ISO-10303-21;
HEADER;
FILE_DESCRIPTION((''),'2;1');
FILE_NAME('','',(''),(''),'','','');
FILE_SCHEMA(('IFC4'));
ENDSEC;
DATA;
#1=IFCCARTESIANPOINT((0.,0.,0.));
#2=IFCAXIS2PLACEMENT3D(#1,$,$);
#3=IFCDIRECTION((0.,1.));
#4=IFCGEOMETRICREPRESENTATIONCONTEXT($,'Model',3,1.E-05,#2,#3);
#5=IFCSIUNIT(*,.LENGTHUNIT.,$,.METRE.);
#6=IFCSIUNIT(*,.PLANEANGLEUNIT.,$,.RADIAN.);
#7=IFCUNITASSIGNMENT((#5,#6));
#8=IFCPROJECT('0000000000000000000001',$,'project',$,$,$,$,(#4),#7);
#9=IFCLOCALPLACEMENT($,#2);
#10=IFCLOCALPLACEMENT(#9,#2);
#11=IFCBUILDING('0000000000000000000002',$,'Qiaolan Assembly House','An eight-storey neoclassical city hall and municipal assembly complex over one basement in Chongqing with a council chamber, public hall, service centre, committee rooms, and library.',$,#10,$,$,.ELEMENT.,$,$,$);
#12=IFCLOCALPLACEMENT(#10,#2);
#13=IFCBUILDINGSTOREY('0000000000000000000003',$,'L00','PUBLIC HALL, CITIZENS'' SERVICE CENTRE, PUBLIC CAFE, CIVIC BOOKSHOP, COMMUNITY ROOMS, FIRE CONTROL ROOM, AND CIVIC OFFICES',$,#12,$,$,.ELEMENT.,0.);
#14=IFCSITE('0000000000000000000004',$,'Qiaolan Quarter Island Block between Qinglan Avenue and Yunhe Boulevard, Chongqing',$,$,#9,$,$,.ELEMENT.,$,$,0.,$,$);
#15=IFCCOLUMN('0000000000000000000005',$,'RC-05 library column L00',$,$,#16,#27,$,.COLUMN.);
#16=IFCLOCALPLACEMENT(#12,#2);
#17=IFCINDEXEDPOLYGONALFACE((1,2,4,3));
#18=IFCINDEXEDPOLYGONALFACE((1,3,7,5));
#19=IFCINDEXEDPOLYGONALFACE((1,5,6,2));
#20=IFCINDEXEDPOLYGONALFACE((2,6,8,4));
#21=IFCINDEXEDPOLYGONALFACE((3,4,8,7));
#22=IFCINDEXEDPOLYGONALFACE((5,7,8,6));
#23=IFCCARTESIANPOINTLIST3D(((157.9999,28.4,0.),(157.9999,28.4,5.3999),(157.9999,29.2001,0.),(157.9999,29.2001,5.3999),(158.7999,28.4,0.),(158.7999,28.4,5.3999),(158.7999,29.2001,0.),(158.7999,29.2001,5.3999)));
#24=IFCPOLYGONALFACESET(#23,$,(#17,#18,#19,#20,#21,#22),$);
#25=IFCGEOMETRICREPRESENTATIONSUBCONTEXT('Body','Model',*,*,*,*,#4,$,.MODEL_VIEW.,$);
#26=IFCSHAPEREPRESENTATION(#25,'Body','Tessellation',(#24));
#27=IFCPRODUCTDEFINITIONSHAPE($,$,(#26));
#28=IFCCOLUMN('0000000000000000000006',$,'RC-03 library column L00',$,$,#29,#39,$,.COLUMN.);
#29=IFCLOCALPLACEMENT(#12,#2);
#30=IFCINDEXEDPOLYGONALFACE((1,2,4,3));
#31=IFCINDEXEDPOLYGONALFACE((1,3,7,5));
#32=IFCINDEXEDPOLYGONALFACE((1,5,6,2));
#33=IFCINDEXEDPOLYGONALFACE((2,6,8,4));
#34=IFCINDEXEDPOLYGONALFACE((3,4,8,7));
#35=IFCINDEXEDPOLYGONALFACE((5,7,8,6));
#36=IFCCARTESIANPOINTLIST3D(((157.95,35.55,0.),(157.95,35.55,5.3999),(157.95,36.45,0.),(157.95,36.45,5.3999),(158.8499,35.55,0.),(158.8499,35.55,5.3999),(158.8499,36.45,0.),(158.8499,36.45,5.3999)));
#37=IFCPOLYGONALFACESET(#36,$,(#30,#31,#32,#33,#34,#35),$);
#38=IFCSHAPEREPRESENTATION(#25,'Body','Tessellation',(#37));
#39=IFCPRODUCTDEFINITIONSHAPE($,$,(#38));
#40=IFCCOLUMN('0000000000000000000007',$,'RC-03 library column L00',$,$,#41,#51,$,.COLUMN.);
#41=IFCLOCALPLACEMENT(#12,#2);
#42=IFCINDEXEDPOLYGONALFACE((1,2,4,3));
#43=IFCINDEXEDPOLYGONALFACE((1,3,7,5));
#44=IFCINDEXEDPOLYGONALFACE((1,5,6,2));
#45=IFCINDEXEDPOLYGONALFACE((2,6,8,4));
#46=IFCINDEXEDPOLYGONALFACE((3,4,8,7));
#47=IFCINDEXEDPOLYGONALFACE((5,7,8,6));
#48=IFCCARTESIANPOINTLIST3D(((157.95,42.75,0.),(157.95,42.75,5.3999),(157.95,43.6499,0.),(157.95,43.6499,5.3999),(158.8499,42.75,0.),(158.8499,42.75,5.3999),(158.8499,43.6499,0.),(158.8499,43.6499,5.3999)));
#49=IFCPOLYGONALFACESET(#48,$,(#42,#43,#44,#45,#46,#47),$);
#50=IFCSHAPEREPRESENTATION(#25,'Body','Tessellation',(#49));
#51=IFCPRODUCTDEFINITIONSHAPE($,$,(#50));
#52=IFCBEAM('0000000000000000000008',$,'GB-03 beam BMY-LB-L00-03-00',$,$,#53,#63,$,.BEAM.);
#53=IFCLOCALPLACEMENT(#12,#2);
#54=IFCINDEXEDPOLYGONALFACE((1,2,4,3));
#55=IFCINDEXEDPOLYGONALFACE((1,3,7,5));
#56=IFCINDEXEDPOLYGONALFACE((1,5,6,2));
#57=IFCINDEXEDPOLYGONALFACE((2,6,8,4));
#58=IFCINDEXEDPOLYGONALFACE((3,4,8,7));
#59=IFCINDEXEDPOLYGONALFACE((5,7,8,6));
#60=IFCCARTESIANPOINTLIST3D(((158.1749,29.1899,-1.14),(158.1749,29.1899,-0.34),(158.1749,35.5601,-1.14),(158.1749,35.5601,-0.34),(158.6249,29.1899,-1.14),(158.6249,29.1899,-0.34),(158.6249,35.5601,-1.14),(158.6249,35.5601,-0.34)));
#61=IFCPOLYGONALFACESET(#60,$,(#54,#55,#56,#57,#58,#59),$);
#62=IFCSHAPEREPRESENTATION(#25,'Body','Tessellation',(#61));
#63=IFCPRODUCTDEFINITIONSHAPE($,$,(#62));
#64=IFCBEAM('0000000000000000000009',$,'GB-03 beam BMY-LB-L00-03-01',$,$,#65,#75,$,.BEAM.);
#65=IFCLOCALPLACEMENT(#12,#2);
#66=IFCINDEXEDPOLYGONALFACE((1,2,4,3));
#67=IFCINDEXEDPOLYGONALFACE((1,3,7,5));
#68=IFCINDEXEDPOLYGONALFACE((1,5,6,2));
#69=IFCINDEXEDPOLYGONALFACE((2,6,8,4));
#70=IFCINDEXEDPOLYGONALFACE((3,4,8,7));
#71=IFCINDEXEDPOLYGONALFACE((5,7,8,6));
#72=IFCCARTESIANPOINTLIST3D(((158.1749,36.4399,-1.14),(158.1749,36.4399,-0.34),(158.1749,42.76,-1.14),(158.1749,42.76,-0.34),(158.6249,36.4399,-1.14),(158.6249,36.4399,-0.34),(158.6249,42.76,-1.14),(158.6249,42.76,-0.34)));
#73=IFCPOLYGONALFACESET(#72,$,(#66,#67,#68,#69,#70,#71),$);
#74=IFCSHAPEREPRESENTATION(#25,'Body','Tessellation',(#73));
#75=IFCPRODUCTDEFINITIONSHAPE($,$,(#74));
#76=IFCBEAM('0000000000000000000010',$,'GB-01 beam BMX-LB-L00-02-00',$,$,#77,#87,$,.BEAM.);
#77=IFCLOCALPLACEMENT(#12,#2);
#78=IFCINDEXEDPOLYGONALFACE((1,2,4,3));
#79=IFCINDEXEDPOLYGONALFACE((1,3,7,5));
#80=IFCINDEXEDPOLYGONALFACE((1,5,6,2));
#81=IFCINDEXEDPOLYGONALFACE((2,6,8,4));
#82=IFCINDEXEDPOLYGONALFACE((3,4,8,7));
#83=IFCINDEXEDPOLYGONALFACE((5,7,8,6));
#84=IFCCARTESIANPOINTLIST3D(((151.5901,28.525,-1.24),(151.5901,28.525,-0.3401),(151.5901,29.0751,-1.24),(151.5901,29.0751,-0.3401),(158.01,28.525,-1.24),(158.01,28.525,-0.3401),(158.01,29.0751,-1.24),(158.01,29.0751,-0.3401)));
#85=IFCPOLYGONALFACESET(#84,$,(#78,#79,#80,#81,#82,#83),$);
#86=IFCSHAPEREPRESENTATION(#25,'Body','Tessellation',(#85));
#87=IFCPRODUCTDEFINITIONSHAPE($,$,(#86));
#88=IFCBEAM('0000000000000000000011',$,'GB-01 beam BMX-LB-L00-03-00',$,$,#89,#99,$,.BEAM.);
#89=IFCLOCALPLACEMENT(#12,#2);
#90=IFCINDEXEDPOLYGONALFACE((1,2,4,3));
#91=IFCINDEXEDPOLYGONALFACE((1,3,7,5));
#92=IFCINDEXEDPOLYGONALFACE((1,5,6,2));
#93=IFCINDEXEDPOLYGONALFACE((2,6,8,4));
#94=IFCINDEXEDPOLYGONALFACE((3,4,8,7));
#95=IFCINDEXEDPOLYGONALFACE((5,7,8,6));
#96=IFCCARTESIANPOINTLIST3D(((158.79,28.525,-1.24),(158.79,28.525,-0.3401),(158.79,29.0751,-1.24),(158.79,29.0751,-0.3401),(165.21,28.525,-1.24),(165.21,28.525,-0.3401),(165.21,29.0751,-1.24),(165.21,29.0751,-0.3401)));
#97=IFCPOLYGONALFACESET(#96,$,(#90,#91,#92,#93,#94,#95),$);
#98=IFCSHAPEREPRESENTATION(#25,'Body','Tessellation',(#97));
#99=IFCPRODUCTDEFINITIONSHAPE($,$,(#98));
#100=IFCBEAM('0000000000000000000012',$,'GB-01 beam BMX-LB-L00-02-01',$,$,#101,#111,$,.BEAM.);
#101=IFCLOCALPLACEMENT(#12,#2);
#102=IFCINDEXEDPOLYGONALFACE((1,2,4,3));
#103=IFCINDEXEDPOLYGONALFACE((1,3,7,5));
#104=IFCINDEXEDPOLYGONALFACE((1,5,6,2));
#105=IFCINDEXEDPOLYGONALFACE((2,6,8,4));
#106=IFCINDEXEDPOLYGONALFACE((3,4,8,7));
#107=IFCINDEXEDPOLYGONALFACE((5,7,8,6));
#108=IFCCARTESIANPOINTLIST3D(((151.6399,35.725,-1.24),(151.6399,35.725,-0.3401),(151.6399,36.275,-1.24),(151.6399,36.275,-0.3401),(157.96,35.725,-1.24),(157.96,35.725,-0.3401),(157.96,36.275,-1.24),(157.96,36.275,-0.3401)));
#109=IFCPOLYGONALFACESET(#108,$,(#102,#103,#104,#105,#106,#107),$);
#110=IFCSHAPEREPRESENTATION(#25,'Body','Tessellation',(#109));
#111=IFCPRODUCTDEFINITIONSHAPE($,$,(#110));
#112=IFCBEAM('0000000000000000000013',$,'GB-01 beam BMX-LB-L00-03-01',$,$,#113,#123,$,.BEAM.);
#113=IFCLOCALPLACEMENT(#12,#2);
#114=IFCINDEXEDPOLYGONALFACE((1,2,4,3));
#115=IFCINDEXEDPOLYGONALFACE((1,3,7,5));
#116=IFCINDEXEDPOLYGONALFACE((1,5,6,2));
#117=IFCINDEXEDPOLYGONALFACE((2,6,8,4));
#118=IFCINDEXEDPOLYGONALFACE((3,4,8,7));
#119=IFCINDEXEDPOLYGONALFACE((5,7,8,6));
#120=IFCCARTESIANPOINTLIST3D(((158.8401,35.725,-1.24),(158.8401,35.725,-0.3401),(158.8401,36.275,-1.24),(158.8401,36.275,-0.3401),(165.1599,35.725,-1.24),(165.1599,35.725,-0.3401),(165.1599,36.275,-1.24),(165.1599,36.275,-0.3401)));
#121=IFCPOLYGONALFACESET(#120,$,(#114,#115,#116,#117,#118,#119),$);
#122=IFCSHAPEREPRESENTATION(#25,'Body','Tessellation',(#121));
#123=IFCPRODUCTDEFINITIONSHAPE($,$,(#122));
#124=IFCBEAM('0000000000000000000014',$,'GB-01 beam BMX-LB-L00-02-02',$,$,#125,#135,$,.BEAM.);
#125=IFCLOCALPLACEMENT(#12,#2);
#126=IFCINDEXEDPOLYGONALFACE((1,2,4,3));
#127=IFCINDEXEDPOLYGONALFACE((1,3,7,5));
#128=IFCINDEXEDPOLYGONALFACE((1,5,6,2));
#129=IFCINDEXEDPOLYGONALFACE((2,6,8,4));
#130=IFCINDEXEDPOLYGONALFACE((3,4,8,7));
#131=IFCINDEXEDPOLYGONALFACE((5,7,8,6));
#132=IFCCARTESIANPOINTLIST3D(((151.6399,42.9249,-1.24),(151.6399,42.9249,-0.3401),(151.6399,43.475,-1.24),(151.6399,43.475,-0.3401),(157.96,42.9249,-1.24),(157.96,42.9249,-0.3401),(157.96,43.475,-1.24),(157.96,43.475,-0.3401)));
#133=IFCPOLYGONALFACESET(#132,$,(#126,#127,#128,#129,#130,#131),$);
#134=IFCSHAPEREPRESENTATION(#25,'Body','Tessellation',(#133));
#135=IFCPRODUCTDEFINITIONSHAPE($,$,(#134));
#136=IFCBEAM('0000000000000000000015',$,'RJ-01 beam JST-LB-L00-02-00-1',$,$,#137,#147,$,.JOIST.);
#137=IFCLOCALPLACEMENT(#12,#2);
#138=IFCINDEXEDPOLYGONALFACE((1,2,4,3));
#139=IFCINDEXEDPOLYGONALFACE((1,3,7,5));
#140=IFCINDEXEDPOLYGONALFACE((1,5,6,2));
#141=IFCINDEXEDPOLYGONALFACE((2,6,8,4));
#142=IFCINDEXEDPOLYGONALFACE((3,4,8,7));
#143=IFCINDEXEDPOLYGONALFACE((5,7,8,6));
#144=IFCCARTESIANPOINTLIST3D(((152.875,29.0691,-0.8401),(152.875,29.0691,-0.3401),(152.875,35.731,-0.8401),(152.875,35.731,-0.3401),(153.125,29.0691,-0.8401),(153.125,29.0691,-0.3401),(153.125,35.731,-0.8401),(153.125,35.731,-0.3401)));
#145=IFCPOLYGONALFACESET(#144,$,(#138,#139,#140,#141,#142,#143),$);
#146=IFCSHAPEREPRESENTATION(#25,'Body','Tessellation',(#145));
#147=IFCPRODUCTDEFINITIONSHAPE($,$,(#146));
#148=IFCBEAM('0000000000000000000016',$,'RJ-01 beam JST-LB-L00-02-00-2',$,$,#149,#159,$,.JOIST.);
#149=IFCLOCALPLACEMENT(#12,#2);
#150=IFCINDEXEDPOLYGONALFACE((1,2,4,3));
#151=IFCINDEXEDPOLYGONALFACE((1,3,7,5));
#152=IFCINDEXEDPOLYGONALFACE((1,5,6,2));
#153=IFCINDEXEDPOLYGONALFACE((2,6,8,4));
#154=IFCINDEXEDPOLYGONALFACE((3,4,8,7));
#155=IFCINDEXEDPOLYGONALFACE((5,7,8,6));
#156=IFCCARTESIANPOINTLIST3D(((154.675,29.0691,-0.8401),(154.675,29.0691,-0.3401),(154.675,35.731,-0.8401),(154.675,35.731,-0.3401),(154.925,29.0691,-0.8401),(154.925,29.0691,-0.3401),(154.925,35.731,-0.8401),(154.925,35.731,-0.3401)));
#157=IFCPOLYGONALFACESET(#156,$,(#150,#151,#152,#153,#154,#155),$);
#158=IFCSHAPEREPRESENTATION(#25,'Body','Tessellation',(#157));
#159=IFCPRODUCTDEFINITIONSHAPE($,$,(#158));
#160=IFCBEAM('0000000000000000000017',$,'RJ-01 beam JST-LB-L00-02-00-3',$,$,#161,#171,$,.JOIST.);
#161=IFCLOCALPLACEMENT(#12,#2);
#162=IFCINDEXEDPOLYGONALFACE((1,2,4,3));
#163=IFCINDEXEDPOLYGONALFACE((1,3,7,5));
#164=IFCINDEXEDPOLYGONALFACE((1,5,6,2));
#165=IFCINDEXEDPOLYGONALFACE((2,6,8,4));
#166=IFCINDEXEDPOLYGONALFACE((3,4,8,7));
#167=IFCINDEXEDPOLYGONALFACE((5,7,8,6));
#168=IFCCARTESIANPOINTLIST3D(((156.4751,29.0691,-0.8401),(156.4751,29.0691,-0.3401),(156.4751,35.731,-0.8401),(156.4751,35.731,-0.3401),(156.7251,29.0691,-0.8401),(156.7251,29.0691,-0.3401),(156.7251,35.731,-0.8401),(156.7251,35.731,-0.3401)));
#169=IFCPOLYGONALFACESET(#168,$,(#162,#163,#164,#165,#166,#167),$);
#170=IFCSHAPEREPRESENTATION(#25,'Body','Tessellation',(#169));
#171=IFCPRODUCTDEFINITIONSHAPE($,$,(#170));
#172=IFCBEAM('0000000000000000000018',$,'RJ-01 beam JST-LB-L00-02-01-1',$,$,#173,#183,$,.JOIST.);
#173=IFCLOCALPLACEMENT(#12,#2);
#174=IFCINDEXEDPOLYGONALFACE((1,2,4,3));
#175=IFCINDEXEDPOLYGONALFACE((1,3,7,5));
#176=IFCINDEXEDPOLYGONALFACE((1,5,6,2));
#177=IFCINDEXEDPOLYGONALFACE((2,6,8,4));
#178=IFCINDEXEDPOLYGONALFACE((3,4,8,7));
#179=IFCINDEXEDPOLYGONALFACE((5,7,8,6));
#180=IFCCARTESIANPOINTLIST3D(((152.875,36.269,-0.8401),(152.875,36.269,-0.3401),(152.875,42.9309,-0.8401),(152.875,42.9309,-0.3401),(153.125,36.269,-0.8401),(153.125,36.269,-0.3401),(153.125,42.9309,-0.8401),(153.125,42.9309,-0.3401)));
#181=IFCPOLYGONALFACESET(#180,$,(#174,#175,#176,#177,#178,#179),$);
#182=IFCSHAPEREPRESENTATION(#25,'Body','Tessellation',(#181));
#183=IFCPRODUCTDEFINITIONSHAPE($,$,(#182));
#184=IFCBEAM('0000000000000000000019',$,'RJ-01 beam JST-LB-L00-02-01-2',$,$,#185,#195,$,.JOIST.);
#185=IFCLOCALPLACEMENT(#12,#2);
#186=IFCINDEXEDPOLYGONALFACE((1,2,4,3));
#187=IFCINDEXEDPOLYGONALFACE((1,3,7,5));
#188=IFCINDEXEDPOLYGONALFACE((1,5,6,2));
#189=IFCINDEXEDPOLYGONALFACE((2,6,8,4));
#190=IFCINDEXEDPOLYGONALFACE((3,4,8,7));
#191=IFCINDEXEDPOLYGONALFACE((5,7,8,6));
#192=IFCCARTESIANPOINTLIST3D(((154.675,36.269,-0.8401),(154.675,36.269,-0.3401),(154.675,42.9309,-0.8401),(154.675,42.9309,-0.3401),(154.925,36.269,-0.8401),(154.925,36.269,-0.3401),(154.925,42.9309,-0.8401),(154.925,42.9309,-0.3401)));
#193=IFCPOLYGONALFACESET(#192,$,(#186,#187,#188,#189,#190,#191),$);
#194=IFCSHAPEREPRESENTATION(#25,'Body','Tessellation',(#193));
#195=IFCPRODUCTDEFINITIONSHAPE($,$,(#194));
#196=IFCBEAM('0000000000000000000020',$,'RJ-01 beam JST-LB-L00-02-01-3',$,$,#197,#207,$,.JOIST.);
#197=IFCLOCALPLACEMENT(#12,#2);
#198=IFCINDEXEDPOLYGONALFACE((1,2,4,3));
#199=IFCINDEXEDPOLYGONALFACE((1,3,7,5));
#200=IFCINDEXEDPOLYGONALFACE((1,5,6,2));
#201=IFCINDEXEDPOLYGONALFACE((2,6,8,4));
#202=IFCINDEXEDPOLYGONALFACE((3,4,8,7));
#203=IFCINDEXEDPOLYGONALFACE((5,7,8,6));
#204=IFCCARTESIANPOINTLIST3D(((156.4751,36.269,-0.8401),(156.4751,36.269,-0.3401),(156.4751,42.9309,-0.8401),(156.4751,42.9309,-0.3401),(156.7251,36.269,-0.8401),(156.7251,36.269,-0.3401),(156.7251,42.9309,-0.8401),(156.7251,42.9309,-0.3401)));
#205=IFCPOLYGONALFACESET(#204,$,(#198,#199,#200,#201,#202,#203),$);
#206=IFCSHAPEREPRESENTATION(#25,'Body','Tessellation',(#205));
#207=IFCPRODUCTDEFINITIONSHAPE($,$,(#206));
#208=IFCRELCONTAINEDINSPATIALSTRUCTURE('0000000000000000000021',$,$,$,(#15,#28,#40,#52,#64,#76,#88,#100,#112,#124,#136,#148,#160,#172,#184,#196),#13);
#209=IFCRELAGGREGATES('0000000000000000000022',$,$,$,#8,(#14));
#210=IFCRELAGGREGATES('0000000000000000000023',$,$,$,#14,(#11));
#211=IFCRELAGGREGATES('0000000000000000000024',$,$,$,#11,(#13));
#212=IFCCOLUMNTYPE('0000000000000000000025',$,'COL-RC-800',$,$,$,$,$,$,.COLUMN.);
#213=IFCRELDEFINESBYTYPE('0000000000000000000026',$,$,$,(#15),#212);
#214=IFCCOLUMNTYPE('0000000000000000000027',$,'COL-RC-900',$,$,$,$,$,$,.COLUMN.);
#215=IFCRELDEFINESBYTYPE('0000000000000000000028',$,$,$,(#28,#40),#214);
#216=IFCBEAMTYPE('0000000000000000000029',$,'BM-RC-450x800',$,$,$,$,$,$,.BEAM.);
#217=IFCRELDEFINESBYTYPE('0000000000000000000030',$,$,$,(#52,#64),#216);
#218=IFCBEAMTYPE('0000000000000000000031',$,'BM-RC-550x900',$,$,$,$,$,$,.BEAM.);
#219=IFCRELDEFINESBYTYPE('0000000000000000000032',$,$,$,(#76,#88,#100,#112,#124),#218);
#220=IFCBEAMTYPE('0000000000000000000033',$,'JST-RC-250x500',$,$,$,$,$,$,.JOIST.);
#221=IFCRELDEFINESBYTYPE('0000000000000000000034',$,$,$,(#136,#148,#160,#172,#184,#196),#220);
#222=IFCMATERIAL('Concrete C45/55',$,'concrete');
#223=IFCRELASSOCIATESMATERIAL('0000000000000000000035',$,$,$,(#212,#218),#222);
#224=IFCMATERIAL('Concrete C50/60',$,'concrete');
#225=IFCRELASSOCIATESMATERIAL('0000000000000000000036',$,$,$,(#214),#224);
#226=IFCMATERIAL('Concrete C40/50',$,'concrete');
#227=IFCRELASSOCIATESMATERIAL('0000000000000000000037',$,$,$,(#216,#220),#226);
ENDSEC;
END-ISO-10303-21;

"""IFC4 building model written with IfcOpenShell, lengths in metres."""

from ifc_helpers import new_model, si_unit, direction, frame, origin, origin_2d, place, context, subcontext, project, spatial, rectangle, extrude, material, material_profile, profile_set, type_object, element, save


model = new_model("IFC4")

# Units and contexts
model_context = context("Model", 3, precision=1e-05, world=origin(), true_north=direction((0.0, 1.0)))
body_context = subcontext(model_context, "Body", "Model", "MODEL_VIEW")
ifc_project = project(units=[si_unit("LENGTHUNIT", "METRE"), si_unit("PLANEANGLEUNIT", "RADIAN")], contexts=[model_context])

# Site, building, storey
site_placement = place(None, origin())
site = spatial("IfcSite", under=ifc_project, at=site_placement, Name="Qiaolan Quarter Island Block between Qinglan Avenue and Yunhe Boulevard, Chongqing", CompositionType="ELEMENT", RefElevation=0.0)
building_placement = place(site_placement, origin())
building = spatial("IfcBuilding", under=site, at=building_placement, Name="Qiaolan Assembly House", Description="An eight-storey neoclassical city hall and municipal assembly complex over one basement in Chongqing with a council chamber, public hall, service centre, committee rooms, and library.", CompositionType="ELEMENT")
storey_placement = place(building_placement, origin())
storey = spatial("IfcBuildingStorey", under=building, at=storey_placement, Name="L00", Description="PUBLIC HALL, CITIZENS' SERVICE CENTRE, PUBLIC CAFE, CIVIC BOOKSHOP, COMMUNITY ROOMS, FIRE CONTROL ROOM, AND CIVIC OFFICES", CompositionType="ELEMENT", Elevation=0.0)

# Columns
ifc_material_1 = material(Name="Concrete C45/55", Category="concrete")
ifc_material_profile_1 = material_profile(ifc_material_1, rectangle(XDim=0.8, YDim=0.8, at=origin_2d()), Name="RC 800x800")
ifc_profile_set_1 = profile_set([ifc_material_profile_1], Name="Concrete C45/55")
column_type_1 = type_object("IfcColumnType", Name="COL-RC-800", PredefinedType="COLUMN", material=ifc_profile_set_1)
column_placement = place(storey_placement, frame((158.3999, 28.8, 0.0), z_axis=(0.0, 0.0, 1.0), x_axis=(1.0, 0.0, 0.0)))
element("IfcColumn", 1, at=column_placement, inside=storey, type_object=column_type_1, Name="RC-05 library column L00", PredefinedType="COLUMN", context=body_context, shape_type="SweptSolid", body=[
    extrude(rectangle(XDim=0.8, YDim=0.8, at=origin_2d()), origin(), (0.0, 0.0, 1.0), 5.3999),
])
ifc_material_2 = material(Name="Concrete C50/60", Category="concrete")
ifc_material_profile_2 = material_profile(ifc_material_2, rectangle(XDim=0.8999, YDim=0.8999, at=origin_2d()), Name="RC 900x900")
ifc_profile_set_2 = profile_set([ifc_material_profile_2], Name="Concrete C50/60")
column_type_2 = type_object("IfcColumnType", Name="COL-RC-900", PredefinedType="COLUMN", material=ifc_profile_set_2)
for number, where, z_axis, x_axis, name in (
    (2, (158.3999, 36.0, 0.0), (0.0, 0.0, 1.0), (1.0, 0.0, 0.0), "RC-03 library column L00"),
    (3, (158.3999, 43.2, 0.0), (0.0, 0.0, 1.0), (1.0, 0.0, 0.0), "RC-03 library column L00"),
):
    element("IfcColumn", number, at=place(storey_placement, frame(where, z_axis=z_axis, x_axis=x_axis)), inside=storey, type_object=column_type_2, Name=name, PredefinedType="COLUMN", context=body_context, shape_type="SweptSolid", body=[
        extrude(rectangle(XDim=0.8999, YDim=0.8999, at=origin_2d()), origin(), (0.0, 0.0, 1.0), 5.3999),
    ])

# Beams
ifc_material_3 = material(Name="Concrete C40/50", Category="concrete")
ifc_material_profile_3 = material_profile(ifc_material_3, rectangle(XDim=0.45, YDim=0.8, at=origin_2d()), Name="RCB 450x800")
ifc_profile_set_3 = profile_set([ifc_material_profile_3], Name="Concrete C40/50")
beam_type_1 = type_object("IfcBeamType", Name="BM-RC-450x800", PredefinedType="BEAM", material=ifc_profile_set_3)
beam_1_placement = place(storey_placement, frame((158.3999, 29.1899, -0.74), z_axis=(0.0, 1.0, 0.0), x_axis=(-1.0, 0.0, 0.0)))
element("IfcBeam", 4, at=beam_1_placement, inside=storey, type_object=beam_type_1, Name="GB-03 beam BMY-LB-L00-03-00", PredefinedType="BEAM", context=body_context, shape_type="SweptSolid", body=[
    extrude(rectangle(XDim=0.45, YDim=0.8, at=origin_2d()), origin(), (0.0, 0.0, 1.0), 6.3701),
])
beam_2_placement = place(storey_placement, frame((158.3999, 36.4399, -0.74), z_axis=(0.0, 1.0, 0.0), x_axis=(-1.0, 0.0, 0.0)))
element("IfcBeam", 5, at=beam_2_placement, inside=storey, type_object=beam_type_1, Name="GB-03 beam BMY-LB-L00-03-01", PredefinedType="BEAM", context=body_context, shape_type="SweptSolid", body=[
    extrude(rectangle(XDim=0.45, YDim=0.8, at=origin_2d()), origin(), (0.0, 0.0, 1.0), 6.3201),
])
ifc_material_profile_4 = material_profile(ifc_material_1, rectangle(XDim=0.55, YDim=0.8999, at=origin_2d()), Name="RCB 550x900")
ifc_profile_set_4 = profile_set([ifc_material_profile_4], Name="Concrete C45/55")
beam_type_2 = type_object("IfcBeamType", Name="BM-RC-550x900", PredefinedType="BEAM", material=ifc_profile_set_4)
for number, where, z_axis, x_axis, name in (
    (6, (151.5901, 28.8, -0.79), (1.0, 0.0, 0.0), (0.0, 1.0, 0.0), "GB-01 beam BMX-LB-L00-02-00"),
    (7, (158.79, 28.8, -0.79), (1.0, 0.0, 0.0), (0.0, 1.0, 0.0), "GB-01 beam BMX-LB-L00-03-00"),
):
    element("IfcBeam", number, at=place(storey_placement, frame(where, z_axis=z_axis, x_axis=x_axis)), inside=storey, type_object=beam_type_2, Name=name, PredefinedType="BEAM", context=body_context, shape_type="SweptSolid", body=[
        extrude(rectangle(XDim=0.55, YDim=0.8999, at=origin_2d()), origin(), (0.0, 0.0, 1.0), 6.4199),
    ])
beam_3_placement = place(storey_placement, frame((151.6399, 36.0, -0.79), z_axis=(1.0, 0.0, 0.0), x_axis=(0.0, 1.0, 0.0)))
element("IfcBeam", 8, at=beam_3_placement, inside=storey, type_object=beam_type_2, Name="GB-01 beam BMX-LB-L00-02-01", PredefinedType="BEAM", context=body_context, shape_type="SweptSolid", body=[
    extrude(rectangle(XDim=0.55, YDim=0.8999, at=origin_2d()), origin(), (0.0, 0.0, 1.0), 6.3201),
])
beam_4_placement = place(storey_placement, frame((158.8401, 36.0, -0.79), z_axis=(1.0, 0.0, 0.0), x_axis=(0.0, 1.0, 0.0)))
element("IfcBeam", 9, at=beam_4_placement, inside=storey, type_object=beam_type_2, Name="GB-01 beam BMX-LB-L00-03-01", PredefinedType="BEAM", context=body_context, shape_type="SweptSolid", body=[
    extrude(rectangle(XDim=0.55, YDim=0.8999, at=origin_2d()), origin(), (0.0, 0.0, 1.0), 6.3198),
])
beam_5_placement = place(storey_placement, frame((151.6399, 43.2, -0.79), z_axis=(1.0, 0.0, 0.0), x_axis=(0.0, 1.0, 0.0)))
element("IfcBeam", 10, at=beam_5_placement, inside=storey, type_object=beam_type_2, Name="GB-01 beam BMX-LB-L00-02-02", PredefinedType="BEAM", context=body_context, shape_type="SweptSolid", body=[
    extrude(rectangle(XDim=0.55, YDim=0.8999, at=origin_2d()), origin(), (0.0, 0.0, 1.0), 6.3201),
])
ifc_material_profile_5 = material_profile(ifc_material_3, rectangle(XDim=0.25, YDim=0.5, at=origin_2d()), Name="RCB 250x500")
ifc_profile_set_5 = profile_set([ifc_material_profile_5], Name="Concrete C40/50")
beam_type_3 = type_object("IfcBeamType", Name="JST-RC-250x500", PredefinedType="JOIST", material=ifc_profile_set_5)
for number, where, z_axis, x_axis, name in (
    (11, (153.0, 29.0691, -0.5901), (0.0, 1.0, 0.0), (-1.0, 0.0, 0.0), "RJ-01 beam JST-LB-L00-02-00-1"),
    (12, (154.8, 29.0691, -0.5901), (0.0, 1.0, 0.0), (-1.0, 0.0, 0.0), "RJ-01 beam JST-LB-L00-02-00-2"),
    (13, (156.6001, 29.0691, -0.5901), (0.0, 1.0, 0.0), (-1.0, 0.0, 0.0), "RJ-01 beam JST-LB-L00-02-00-3"),
    (14, (153.0, 36.269, -0.5901), (0.0, 1.0, 0.0), (-1.0, 0.0, 0.0), "RJ-01 beam JST-LB-L00-02-01-1"),
    (15, (154.8, 36.269, -0.5901), (0.0, 1.0, 0.0), (-1.0, 0.0, 0.0), "RJ-01 beam JST-LB-L00-02-01-2"),
    (16, (156.6001, 36.269, -0.5901), (0.0, 1.0, 0.0), (-1.0, 0.0, 0.0), "RJ-01 beam JST-LB-L00-02-01-3"),
):
    element("IfcBeam", number, at=place(storey_placement, frame(where, z_axis=z_axis, x_axis=x_axis)), inside=storey, type_object=beam_type_3, Name=name, PredefinedType="JOIST", context=body_context, shape_type="SweptSolid", body=[
        extrude(rectangle(XDim=0.25, YDim=0.5, at=origin_2d()), origin(), (0.0, 0.0, 1.0), 6.6619),
    ])

save(model, "model.ifc")
